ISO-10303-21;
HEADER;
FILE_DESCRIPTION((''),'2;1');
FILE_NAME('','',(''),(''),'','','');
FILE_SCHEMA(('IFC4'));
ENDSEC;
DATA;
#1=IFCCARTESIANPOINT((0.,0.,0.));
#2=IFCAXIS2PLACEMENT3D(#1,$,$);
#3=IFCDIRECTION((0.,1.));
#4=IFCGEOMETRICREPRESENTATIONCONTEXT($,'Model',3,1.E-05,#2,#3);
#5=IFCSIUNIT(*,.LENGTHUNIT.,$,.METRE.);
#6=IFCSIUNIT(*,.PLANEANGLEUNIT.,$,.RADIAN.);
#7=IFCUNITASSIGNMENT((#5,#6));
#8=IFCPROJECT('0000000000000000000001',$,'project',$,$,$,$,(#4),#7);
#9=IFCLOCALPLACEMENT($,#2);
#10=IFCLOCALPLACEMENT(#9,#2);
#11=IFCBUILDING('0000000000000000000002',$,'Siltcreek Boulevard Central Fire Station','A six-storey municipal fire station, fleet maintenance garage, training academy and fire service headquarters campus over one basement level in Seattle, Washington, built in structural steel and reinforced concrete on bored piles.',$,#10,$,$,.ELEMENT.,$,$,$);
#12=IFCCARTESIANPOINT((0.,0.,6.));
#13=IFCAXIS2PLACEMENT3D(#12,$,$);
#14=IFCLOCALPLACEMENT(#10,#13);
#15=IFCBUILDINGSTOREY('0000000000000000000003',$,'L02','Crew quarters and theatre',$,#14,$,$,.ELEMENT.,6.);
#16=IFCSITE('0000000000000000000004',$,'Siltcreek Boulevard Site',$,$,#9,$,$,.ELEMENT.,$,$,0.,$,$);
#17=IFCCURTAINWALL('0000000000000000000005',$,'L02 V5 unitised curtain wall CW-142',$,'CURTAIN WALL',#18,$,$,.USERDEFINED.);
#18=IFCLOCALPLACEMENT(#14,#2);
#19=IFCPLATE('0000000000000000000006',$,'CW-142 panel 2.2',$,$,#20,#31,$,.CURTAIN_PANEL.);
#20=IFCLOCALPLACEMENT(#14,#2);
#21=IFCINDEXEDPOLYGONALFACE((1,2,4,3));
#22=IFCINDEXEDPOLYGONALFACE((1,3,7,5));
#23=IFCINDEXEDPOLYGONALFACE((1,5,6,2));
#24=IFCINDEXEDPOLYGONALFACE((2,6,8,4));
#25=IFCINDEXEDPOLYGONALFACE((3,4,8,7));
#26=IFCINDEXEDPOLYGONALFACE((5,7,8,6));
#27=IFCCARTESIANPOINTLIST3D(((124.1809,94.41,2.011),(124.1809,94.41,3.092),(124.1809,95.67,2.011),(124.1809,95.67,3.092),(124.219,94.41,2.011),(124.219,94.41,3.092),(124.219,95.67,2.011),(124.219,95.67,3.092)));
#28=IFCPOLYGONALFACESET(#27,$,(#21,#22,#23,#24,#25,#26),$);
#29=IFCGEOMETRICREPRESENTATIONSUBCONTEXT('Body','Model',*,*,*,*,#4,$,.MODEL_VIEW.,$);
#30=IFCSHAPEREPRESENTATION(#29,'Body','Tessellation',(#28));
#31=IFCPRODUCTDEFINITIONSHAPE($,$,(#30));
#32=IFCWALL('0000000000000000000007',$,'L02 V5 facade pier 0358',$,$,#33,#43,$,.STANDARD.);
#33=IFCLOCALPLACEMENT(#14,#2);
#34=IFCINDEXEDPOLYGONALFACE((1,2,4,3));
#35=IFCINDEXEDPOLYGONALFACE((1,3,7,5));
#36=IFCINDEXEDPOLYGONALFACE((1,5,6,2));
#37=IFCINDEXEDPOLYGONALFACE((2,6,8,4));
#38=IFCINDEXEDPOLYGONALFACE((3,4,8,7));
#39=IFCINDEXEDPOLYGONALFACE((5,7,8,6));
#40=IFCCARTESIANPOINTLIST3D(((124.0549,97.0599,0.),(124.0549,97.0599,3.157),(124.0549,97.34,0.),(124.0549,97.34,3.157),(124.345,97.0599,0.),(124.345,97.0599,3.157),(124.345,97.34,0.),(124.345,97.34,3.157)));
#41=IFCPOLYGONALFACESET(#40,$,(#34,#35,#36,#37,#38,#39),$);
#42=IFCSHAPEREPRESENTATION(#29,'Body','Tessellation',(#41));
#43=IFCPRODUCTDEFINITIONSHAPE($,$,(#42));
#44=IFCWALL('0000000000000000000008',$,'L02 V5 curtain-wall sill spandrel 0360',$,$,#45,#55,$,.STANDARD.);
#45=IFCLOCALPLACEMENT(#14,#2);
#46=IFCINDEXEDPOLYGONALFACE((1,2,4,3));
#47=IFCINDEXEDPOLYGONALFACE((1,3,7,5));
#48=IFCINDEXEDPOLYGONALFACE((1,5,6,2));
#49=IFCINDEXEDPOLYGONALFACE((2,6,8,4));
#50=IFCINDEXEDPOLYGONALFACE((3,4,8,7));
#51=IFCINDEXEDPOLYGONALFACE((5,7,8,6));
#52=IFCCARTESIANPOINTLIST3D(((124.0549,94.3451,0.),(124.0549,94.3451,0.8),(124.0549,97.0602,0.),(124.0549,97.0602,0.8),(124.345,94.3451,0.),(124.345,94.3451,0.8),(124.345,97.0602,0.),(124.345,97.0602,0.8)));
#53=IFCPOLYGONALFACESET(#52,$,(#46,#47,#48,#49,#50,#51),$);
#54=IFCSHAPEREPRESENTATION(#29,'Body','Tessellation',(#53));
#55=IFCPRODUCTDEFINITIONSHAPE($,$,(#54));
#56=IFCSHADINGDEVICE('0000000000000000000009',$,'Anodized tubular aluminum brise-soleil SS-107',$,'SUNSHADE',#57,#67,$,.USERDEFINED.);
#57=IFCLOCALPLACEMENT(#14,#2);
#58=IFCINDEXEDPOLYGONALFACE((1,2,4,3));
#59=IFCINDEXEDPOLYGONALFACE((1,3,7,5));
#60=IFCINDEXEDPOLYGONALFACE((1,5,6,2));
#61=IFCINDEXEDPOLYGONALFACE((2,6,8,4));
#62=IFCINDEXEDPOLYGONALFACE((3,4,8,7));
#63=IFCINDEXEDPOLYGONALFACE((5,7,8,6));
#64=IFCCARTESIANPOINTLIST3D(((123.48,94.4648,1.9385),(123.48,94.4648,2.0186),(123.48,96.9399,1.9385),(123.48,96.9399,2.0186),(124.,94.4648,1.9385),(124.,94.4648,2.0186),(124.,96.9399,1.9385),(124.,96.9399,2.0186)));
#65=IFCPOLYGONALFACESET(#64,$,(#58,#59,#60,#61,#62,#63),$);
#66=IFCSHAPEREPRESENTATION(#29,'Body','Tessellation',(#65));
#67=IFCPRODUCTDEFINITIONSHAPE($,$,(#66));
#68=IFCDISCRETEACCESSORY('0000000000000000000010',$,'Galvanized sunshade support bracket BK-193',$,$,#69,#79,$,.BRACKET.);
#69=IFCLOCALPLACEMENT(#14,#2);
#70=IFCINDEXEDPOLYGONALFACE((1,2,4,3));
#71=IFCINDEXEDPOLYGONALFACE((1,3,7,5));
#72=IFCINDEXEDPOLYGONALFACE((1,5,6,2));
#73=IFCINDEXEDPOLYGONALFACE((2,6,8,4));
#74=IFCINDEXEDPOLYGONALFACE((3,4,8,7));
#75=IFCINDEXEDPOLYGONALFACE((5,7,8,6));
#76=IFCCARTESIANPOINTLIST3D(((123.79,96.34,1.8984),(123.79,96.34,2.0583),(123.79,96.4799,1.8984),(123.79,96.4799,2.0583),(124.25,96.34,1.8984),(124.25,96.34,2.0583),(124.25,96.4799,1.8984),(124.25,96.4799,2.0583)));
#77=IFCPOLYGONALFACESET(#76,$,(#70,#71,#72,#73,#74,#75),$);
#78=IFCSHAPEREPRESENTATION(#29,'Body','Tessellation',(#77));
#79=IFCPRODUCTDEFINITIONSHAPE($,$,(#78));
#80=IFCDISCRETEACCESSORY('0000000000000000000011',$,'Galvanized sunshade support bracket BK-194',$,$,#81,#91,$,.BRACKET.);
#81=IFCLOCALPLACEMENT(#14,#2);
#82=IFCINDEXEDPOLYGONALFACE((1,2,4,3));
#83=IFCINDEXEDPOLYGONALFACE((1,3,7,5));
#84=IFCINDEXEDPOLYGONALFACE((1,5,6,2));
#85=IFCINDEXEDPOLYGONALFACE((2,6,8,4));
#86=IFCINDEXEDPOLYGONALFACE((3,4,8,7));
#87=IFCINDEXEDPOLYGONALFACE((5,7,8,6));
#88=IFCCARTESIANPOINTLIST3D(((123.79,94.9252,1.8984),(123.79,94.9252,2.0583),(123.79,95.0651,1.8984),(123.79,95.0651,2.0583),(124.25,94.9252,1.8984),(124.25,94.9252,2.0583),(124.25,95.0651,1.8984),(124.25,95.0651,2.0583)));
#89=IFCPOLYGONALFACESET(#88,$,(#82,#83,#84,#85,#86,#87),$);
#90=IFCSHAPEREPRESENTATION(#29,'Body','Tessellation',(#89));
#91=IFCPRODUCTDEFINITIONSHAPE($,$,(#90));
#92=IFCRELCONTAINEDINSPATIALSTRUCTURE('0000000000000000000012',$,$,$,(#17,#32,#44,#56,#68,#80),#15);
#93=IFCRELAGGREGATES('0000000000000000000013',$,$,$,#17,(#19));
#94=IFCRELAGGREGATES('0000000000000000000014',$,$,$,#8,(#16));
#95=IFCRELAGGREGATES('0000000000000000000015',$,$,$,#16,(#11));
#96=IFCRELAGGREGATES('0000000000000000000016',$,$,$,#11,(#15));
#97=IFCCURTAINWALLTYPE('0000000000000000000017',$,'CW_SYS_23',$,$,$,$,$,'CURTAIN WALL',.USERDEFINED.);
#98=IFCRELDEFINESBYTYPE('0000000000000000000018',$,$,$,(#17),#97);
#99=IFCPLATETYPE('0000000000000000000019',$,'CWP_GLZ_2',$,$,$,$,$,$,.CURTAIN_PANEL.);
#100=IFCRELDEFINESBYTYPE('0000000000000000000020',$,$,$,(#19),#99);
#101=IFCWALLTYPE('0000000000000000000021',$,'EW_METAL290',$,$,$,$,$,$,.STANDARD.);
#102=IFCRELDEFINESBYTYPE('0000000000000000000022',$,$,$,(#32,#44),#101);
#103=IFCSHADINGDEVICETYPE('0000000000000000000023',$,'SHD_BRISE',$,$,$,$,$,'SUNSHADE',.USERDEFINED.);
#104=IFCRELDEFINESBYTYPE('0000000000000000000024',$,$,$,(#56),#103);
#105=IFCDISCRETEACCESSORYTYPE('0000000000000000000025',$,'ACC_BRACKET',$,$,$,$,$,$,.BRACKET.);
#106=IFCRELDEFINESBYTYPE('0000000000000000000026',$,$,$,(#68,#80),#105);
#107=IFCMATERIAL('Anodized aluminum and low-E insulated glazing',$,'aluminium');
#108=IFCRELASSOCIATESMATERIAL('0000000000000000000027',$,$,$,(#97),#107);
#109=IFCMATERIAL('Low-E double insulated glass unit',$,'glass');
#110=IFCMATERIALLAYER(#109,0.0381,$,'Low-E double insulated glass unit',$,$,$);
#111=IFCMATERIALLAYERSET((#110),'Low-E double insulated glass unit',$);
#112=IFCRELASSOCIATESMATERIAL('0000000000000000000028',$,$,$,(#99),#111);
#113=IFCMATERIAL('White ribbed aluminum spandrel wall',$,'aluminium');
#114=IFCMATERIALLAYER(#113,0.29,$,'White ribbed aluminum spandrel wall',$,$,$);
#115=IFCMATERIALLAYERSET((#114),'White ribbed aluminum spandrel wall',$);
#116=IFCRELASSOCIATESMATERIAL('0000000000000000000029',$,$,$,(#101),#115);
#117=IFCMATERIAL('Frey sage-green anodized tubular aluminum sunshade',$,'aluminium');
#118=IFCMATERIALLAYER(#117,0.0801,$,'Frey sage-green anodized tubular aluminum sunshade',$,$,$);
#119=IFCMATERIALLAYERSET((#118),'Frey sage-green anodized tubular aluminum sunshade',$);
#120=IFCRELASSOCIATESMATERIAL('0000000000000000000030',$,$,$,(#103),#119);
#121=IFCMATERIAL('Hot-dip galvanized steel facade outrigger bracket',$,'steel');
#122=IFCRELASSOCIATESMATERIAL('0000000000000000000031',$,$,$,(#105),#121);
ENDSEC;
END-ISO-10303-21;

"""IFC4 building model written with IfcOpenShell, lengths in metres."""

from ifc_helpers import new_model, si_unit, direction, frame, frame_2d, origin, origin_2d, place, context, subcontext, project, spatial, rectangle, extrude, material, layer, layer_set, type_object, element, aggregate, save


model = new_model("IFC4")

# Units and contexts
model_context = context("Model", 3, precision=1e-05, world=origin(), true_north=direction((0.0, 1.0)))
body_context = subcontext(model_context, "Body", "Model", "MODEL_VIEW")
ifc_project = project(units=[si_unit("LENGTHUNIT", "METRE"), si_unit("PLANEANGLEUNIT", "RADIAN")], contexts=[model_context])

# Site, building, storey
site_placement = place(None, origin())
site = spatial("IfcSite", under=ifc_project, at=site_placement, Name="Siltcreek Boulevard Site", CompositionType="ELEMENT", RefElevation=0.0)
building_placement = place(site_placement, origin())
building = spatial("IfcBuilding", under=site, at=building_placement, Name="Siltcreek Boulevard Central Fire Station", Description="A six-storey municipal fire station, fleet maintenance garage, training academy and fire service headquarters campus over one basement level in Seattle, Washington, built in structural steel and reinforced concrete on bored piles.", CompositionType="ELEMENT")
storey_placement = place(building_placement, frame((0.0, 0.0, 6.0)))
storey = spatial("IfcBuildingStorey", under=building, at=storey_placement, Name="L02", Description="Crew quarters and theatre", CompositionType="ELEMENT", Elevation=6.0)

# Shared definitions
ifc_material_1 = material(Name="Anodized aluminum and low-E insulated glazing", Category="aluminium")

# Curtain wall
curtain_wall_type_1 = type_object("IfcCurtainWallType", Name="CW_SYS_23", ElementType="CURTAIN WALL", PredefinedType="USERDEFINED", material=ifc_material_1)
curtain_wall_1_placement = place(storey_placement, origin())
curtain_wall_1 = element("IfcCurtainWall", 1, at=curtain_wall_1_placement, inside=storey, type_object=curtain_wall_type_1, Name="L02 V5 unitised curtain wall CW-142", ObjectType="CURTAIN WALL", PredefinedType="USERDEFINED")

# Plate
ifc_material_2 = material(Name="Low-E double insulated glass unit", Category="glass")
ifc_layer_1 = layer(ifc_material_2, 0.0381, Name="Low-E double insulated glass unit")
ifc_layer_set_1 = layer_set([ifc_layer_1], Name="Low-E double insulated glass unit")
plate_type_1 = type_object("IfcPlateType", Name="CWP_GLZ_2", PredefinedType="CURTAIN_PANEL", material=ifc_layer_set_1)
plate_1_placement = place(storey_placement, frame((124.2, 95.04, 2.011), z_axis=(0.0, 0.0, 1.0), x_axis=(0.0, -1.0, 0.0)))
plate_1 = element("IfcPlate", 2, at=plate_1_placement, type_object=plate_type_1, Name="CW-142 panel 2.2", PredefinedType="CURTAIN_PANEL", context=body_context, shape_type="SweptSolid", body=[
    extrude(rectangle(XDim=1.26, YDim=0.0381, at=origin_2d()), origin(), (0.0, 0.0, 1.0), 1.0811),
])
aggregate(curtain_wall_1, [plate_1])

# Walls
ifc_material_3 = material(Name="White ribbed aluminum spandrel wall", Category="aluminium")
ifc_layer_2 = layer(ifc_material_3, 0.29, Name="White ribbed aluminum spandrel wall")
ifc_layer_set_2 = layer_set([ifc_layer_2], Name="White ribbed aluminum spandrel wall")
wall_type = type_object("IfcWallType", Name="EW_METAL290", PredefinedType="STANDARD", material=ifc_layer_set_2)
wall_1_placement = place(storey_placement, frame((124.2, 97.3401, 0.0), z_axis=(0.0, 0.0, 1.0), x_axis=(0.0, -1.0, 0.0)))
element("IfcWall", 3, at=wall_1_placement, inside=storey, type_object=wall_type, Name="L02 V5 facade pier 0358", PredefinedType="STANDARD", context=body_context, shape_type="SweptSolid", body=[
    extrude(rectangle(XDim=0.28, YDim=0.29, at=frame_2d((0.1401, 0.0))), origin(), (0.0, 0.0, 1.0), 3.157),
])
wall_2_placement = place(storey_placement, frame((124.2, 97.0601, 0.0), z_axis=(0.0, 0.0, 1.0), x_axis=(0.0, -1.0, 0.0)))
element("IfcWall", 4, at=wall_2_placement, inside=storey, type_object=wall_type, Name="L02 V5 curtain-wall sill spandrel 0360", PredefinedType="STANDARD", context=body_context, shape_type="SweptSolid", body=[
    extrude(rectangle(XDim=2.7151, YDim=0.29, at=frame_2d((1.3574, 0.0))), origin(), (0.0, 0.0, 1.0), 0.8),
])

# Shading device
ifc_material_4 = material(Name="Frey sage-green anodized tubular aluminum sunshade", Category="aluminium")
ifc_layer_3 = layer(ifc_material_4, 0.0801, Name="Frey sage-green anodized tubular aluminum sunshade")
ifc_layer_set_3 = layer_set([ifc_layer_3], Name="Frey sage-green anodized tubular aluminum sunshade")
shading_device_type = type_object("IfcShadingDeviceType", Name="SHD_BRISE", ElementType="SUNSHADE", PredefinedType="USERDEFINED", material=ifc_layer_set_3)
shading_device_placement = place(storey_placement, frame((123.74, 95.7024, 1.9385), z_axis=(0.0, 0.0, 1.0), x_axis=(0.0, -1.0, 0.0)))
element("IfcShadingDevice", 5, at=shading_device_placement, inside=storey, type_object=shading_device_type, Name="Anodized tubular aluminum brise-soleil SS-107", ObjectType="SUNSHADE", PredefinedType="USERDEFINED", context=body_context, shape_type="SweptSolid", body=[
    extrude(rectangle(XDim=2.4751, YDim=0.52, at=origin_2d()), origin(), (0.0, 0.0, 1.0), 0.0801),
])

# Discrete accessories
ifc_material_5 = material(Name="Hot-dip galvanized steel facade outrigger bracket", Category="steel")
discrete_accessory_type = type_object("IfcDiscreteAccessoryType", Name="ACC_BRACKET", PredefinedType="BRACKET", material=ifc_material_5)
for number, where, z_axis, x_axis, name in (
    (6, (124.02, 96.4099, 1.8984), (0.0, 0.0, 1.0), (0.0, -1.0, 0.0), "Galvanized sunshade support bracket BK-193"),
    (7, (124.02, 94.9951, 1.8984), (0.0, 0.0, 1.0), (0.0, -1.0, 0.0), "Galvanized sunshade support bracket BK-194"),
):
    element("IfcDiscreteAccessory", number, at=place(storey_placement, frame(where, z_axis=z_axis, x_axis=x_axis)), inside=storey, type_object=discrete_accessory_type, Name=name, PredefinedType="BRACKET", context=body_context, shape_type="SweptSolid", body=[
        extrude(rectangle(XDim=0.1399, YDim=0.46, at=origin_2d()), origin(), (0.0, 0.0, 1.0), 0.1599),
    ])

save(model, "model.ifc")
